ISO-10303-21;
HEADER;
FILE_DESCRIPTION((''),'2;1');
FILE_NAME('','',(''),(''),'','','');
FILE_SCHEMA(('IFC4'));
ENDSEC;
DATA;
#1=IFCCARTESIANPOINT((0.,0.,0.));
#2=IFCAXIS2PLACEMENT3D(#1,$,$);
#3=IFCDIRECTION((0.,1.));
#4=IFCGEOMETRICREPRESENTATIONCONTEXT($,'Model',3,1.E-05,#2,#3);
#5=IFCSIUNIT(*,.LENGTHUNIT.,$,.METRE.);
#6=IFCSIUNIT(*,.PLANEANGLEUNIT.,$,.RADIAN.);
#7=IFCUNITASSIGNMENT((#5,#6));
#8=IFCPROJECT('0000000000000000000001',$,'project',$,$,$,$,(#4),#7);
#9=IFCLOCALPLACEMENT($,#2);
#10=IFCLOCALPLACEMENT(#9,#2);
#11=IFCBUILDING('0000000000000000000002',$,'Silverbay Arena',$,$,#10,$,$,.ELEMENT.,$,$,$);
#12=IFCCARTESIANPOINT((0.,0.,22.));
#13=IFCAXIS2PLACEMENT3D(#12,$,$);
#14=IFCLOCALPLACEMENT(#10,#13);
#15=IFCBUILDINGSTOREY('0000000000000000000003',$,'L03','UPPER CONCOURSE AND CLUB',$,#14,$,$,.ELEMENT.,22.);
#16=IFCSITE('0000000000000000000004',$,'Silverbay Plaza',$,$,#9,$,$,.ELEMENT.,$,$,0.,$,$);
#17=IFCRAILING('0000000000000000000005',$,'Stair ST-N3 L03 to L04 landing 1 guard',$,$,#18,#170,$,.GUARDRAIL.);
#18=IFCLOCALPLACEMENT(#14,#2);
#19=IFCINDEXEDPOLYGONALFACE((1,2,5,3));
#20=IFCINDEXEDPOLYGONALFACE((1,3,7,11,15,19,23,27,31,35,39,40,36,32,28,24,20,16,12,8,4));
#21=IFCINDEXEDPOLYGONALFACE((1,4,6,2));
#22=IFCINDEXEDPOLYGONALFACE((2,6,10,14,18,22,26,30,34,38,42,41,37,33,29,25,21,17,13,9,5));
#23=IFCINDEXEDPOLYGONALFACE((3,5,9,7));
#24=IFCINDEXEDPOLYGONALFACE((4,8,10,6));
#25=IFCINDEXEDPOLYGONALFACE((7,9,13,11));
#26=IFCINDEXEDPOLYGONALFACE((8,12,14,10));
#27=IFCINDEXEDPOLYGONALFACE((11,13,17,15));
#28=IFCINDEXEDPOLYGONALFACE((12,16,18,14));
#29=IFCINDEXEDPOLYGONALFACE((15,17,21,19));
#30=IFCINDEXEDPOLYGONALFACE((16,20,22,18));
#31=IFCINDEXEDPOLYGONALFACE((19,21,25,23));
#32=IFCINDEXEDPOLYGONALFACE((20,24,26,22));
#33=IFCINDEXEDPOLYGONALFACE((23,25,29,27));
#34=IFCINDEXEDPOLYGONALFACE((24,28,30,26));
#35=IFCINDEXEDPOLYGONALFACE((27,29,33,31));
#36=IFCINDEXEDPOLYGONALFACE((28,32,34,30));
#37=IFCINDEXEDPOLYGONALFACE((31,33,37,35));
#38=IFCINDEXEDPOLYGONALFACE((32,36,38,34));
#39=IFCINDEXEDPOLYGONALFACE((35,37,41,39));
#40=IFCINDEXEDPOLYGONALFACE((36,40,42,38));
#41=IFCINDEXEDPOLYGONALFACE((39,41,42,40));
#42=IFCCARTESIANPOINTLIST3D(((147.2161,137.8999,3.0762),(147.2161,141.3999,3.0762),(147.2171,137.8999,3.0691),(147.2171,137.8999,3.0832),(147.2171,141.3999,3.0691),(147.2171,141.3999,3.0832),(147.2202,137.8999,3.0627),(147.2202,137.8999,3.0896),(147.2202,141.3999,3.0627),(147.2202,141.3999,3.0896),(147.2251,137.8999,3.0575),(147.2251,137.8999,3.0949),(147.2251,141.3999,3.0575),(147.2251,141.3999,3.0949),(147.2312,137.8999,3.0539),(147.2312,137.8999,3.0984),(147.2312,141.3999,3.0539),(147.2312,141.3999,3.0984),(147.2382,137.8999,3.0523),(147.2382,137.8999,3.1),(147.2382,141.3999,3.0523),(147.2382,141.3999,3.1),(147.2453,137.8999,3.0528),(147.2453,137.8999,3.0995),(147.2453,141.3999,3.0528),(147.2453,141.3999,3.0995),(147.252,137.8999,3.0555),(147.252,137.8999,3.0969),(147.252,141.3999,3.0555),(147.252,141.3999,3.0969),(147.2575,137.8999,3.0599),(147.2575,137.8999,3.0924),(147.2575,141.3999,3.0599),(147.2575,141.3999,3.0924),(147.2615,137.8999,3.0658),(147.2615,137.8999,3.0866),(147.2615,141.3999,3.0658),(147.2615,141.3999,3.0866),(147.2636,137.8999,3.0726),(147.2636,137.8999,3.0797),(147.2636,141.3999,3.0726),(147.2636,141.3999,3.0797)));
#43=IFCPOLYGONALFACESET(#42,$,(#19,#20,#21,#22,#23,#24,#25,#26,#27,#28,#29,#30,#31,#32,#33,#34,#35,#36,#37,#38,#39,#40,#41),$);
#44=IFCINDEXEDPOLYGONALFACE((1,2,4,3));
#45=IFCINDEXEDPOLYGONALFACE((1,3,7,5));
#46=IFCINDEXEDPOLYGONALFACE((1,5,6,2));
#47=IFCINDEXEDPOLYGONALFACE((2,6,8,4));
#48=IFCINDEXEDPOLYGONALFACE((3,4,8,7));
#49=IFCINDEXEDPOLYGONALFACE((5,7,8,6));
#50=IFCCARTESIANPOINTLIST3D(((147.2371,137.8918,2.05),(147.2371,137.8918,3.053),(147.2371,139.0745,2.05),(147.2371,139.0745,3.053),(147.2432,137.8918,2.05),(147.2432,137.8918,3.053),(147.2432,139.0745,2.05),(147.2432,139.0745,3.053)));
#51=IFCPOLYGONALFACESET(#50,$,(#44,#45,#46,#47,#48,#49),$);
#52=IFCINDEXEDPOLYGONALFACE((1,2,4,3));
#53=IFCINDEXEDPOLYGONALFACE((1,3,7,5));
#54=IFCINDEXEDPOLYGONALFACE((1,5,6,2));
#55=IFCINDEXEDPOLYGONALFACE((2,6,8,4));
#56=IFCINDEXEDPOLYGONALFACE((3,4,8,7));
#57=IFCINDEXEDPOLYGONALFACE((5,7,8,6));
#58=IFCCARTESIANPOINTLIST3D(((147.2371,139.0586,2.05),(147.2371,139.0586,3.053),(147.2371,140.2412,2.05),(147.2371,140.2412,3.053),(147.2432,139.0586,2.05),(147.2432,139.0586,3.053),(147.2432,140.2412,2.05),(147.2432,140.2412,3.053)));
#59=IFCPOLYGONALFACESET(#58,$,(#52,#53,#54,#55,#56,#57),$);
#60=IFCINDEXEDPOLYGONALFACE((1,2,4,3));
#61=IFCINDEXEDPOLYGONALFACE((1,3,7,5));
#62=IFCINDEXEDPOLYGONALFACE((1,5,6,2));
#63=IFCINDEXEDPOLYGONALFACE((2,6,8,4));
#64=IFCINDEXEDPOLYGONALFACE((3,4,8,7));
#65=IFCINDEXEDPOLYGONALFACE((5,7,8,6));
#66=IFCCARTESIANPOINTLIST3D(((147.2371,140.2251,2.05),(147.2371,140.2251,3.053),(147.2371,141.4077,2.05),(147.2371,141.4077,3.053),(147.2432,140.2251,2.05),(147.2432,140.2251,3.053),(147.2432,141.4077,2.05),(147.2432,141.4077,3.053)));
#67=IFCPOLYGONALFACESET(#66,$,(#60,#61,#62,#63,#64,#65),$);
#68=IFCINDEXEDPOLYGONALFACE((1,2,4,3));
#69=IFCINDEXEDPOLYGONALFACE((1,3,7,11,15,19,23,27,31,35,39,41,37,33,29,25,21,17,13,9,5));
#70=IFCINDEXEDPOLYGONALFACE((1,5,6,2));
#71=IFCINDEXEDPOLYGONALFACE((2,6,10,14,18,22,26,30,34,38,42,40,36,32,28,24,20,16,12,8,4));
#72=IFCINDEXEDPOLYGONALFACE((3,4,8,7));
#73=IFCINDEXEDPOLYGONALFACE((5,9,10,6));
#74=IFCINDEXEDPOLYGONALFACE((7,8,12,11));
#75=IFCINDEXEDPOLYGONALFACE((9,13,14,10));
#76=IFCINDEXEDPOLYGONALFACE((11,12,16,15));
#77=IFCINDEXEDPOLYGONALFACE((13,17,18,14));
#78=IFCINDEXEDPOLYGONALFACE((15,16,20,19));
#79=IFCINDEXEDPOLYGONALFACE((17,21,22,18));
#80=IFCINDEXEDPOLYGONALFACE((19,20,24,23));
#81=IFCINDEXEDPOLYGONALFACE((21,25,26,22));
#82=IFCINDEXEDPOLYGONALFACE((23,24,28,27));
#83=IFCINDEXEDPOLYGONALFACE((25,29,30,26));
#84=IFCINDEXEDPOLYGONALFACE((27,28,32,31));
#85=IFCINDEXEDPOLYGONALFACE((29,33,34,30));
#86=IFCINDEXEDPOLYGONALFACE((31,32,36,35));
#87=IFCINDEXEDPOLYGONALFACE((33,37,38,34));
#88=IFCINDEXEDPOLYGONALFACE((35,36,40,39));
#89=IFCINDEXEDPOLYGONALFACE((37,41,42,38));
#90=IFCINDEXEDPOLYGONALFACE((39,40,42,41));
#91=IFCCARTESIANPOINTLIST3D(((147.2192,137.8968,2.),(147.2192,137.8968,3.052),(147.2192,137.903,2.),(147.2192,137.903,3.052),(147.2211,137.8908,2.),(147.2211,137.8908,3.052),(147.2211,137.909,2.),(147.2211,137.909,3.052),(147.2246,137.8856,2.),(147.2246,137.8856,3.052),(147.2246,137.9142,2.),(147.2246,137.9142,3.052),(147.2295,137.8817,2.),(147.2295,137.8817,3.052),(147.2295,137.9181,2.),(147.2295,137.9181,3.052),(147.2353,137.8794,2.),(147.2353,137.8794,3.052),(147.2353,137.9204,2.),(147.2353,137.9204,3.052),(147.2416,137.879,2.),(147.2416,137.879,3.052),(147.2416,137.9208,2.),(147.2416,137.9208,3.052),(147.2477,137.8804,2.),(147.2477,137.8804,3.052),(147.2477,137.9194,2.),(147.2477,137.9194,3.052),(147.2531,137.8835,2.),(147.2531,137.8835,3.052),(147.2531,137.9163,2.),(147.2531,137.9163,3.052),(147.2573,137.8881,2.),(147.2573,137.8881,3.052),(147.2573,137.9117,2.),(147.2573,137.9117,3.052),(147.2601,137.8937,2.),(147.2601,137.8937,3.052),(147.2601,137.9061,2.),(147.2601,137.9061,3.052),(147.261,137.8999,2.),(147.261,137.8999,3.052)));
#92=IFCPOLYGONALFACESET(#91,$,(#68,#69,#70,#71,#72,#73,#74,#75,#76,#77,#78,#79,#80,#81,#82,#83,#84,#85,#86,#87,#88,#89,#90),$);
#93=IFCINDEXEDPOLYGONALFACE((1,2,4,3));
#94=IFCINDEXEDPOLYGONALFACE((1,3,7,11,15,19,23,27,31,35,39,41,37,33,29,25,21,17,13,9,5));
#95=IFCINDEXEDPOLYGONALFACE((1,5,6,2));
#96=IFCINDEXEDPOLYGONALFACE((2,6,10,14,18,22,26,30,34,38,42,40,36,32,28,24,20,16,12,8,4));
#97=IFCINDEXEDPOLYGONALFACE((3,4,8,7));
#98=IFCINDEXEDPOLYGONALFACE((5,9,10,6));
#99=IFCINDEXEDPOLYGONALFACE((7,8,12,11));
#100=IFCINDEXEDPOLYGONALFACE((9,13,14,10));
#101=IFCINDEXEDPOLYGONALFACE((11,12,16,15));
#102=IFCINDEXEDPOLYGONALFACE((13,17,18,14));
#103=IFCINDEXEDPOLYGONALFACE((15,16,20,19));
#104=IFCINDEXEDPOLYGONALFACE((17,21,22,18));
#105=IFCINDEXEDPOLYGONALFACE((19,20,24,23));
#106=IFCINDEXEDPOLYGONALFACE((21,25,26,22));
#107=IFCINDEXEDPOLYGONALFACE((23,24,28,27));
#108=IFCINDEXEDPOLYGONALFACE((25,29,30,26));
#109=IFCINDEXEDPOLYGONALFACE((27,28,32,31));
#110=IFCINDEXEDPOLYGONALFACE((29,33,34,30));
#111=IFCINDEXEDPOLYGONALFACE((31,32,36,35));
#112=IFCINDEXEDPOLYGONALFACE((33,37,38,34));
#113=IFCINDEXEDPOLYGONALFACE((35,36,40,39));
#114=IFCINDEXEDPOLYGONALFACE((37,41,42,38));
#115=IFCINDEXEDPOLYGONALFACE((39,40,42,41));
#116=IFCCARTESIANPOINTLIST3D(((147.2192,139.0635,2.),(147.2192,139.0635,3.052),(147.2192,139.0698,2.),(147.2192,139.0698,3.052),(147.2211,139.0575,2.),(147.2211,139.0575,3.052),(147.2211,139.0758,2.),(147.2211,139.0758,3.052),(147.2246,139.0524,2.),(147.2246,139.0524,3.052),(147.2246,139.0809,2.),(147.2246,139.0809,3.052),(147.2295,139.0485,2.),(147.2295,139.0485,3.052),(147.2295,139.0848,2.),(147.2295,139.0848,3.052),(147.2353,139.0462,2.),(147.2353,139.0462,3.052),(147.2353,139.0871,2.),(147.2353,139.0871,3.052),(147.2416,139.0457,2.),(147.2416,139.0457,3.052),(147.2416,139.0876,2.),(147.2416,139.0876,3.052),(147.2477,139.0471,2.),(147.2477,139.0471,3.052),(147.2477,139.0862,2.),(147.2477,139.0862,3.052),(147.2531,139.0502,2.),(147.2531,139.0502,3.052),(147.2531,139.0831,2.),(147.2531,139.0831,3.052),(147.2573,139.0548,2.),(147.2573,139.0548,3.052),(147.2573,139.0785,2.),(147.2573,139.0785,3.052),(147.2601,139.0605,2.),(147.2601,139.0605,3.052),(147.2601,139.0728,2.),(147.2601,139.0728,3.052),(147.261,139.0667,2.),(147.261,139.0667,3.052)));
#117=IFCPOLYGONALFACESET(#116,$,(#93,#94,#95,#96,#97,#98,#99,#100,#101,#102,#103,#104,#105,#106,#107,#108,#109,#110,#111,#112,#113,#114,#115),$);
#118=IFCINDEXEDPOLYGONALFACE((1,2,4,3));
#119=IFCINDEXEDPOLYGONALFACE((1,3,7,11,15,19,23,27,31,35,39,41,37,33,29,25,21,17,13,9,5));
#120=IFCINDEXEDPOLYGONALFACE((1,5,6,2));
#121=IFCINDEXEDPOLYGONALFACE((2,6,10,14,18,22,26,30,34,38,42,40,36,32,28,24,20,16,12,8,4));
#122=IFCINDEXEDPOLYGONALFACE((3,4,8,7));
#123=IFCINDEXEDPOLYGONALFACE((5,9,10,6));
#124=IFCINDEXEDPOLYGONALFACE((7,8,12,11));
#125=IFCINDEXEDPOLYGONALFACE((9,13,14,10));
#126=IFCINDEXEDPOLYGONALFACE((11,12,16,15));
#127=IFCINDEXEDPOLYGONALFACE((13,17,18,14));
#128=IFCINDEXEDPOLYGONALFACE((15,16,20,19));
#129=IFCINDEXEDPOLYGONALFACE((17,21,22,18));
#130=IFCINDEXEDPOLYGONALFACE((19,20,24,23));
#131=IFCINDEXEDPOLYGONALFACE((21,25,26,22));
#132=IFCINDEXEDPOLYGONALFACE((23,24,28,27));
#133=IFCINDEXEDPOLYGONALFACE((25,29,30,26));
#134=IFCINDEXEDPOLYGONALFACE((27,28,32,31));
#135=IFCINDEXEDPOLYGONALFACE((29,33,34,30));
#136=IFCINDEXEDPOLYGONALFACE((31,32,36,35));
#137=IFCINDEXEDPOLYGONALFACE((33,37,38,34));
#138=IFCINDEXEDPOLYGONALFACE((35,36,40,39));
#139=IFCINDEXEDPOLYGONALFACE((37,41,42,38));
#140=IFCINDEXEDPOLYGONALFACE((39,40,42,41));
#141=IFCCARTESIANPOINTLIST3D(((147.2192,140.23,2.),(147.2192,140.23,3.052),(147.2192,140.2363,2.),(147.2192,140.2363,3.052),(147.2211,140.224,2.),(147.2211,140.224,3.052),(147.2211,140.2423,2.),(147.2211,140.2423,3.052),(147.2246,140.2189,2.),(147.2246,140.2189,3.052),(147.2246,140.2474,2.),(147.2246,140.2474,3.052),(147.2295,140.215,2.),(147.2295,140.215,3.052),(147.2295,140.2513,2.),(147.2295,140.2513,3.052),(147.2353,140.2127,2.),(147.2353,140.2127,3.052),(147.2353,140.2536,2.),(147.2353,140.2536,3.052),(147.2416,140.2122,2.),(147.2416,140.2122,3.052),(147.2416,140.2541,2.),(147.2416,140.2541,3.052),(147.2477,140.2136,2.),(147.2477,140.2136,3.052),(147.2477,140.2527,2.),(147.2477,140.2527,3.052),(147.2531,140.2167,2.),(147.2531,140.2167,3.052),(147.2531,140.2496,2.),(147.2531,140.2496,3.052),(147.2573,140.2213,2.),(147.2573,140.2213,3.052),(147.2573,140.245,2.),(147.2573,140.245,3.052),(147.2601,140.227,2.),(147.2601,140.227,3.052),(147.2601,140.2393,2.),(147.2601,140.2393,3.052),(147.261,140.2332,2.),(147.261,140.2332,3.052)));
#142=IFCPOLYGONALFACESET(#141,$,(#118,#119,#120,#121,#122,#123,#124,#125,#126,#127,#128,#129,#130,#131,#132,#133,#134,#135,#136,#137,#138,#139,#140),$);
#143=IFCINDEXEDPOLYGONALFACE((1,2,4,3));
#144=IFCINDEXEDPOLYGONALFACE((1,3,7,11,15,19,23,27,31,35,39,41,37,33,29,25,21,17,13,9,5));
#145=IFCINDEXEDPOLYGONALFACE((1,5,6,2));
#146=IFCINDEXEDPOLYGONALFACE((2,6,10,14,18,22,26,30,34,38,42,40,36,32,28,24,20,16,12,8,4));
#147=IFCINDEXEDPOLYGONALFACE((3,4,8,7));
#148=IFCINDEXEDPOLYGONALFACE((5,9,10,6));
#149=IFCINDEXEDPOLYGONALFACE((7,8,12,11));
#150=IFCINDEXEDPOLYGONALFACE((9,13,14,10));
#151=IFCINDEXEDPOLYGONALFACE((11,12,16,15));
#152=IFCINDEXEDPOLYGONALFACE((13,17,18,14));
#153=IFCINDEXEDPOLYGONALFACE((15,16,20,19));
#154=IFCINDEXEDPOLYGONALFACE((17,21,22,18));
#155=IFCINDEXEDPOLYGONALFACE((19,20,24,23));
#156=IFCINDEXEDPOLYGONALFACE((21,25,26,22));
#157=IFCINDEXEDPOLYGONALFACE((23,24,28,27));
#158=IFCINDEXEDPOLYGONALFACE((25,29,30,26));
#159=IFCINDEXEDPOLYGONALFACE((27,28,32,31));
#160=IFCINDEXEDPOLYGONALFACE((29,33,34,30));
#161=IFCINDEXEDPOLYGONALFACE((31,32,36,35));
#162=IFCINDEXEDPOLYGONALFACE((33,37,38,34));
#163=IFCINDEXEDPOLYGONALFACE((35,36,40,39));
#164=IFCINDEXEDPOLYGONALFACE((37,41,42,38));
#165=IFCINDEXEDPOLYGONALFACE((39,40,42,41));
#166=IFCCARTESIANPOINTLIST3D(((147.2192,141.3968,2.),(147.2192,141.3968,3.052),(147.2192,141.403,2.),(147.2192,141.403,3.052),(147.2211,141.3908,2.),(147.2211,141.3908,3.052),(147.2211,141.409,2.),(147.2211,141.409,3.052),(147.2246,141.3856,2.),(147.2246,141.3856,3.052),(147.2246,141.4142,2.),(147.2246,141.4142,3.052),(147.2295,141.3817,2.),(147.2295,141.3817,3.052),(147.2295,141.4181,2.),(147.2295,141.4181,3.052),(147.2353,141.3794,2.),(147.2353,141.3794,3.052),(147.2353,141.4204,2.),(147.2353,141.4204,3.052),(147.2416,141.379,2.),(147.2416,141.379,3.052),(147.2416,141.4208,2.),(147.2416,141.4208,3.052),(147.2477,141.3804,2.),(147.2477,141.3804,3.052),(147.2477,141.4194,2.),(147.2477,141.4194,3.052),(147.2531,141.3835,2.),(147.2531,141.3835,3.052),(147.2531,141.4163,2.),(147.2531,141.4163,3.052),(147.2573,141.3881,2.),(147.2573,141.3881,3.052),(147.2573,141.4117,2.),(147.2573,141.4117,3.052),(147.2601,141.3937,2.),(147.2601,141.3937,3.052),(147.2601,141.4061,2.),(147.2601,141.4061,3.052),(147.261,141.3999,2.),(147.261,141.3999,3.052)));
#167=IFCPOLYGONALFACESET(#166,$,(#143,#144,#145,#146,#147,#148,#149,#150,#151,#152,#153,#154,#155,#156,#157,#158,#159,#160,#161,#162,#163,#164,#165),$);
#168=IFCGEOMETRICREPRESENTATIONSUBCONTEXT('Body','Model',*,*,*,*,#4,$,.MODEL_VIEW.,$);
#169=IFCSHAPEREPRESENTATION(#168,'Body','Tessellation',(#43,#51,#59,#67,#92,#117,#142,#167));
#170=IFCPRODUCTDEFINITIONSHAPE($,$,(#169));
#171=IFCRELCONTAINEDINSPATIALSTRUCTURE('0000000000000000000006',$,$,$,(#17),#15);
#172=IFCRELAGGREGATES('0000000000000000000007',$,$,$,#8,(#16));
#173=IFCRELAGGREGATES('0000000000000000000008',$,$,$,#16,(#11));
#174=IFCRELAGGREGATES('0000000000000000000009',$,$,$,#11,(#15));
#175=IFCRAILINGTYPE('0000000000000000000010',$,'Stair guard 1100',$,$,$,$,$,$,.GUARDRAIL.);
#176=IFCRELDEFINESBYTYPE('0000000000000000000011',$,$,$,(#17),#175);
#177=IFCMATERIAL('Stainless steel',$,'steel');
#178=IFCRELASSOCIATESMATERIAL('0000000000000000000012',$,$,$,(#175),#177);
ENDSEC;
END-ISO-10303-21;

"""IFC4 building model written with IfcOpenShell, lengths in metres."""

from ifc_helpers import new_model, si_unit, direction, frame, origin, origin_2d, place, context, subcontext, project, spatial, polyline, circle, outline, extrude, material, type_object, element, save


model = new_model("IFC4")

# Units and contexts
model_context = context("Model", 3, precision=1e-05, world=origin(), true_north=direction((0.0, 1.0)))
body_context = subcontext(model_context, "Body", "Model", "MODEL_VIEW")
ifc_project = project(units=[si_unit("LENGTHUNIT", "METRE"), si_unit("PLANEANGLEUNIT", "RADIAN")], contexts=[model_context])

# Site, building, storey
site_placement = place(None, origin())
site = spatial("IfcSite", under=ifc_project, at=site_placement, Name="Silverbay Plaza", CompositionType="ELEMENT", RefElevation=0.0)
building_placement = place(site_placement, origin())
building = spatial("IfcBuilding", under=site, at=building_placement, Name="Silverbay Arena", CompositionType="ELEMENT")
storey_placement = place(building_placement, frame((0.0, 0.0, 22.0)))
storey = spatial("IfcBuildingStorey", under=building, at=storey_placement, Name="L03", Description="UPPER CONCOURSE AND CLUB", CompositionType="ELEMENT", Elevation=22.0)

# Railing
ifc_material_1 = material(Name="Stainless steel", Category="steel")
railing_type_1 = type_object("IfcRailingType", Name="Stair guard 1100", PredefinedType="GUARDRAIL", material=ifc_material_1)
for number, where, name in (
    (1, (147.24, 137.8999, 2.0), "Stair ST-N3 L03 to L04 landing 1 guard"),
):
    element("IfcRailing", number, at=place(storey_placement, frame(where)), inside=storey, type_object=railing_type_1, Name=name, PredefinedType="GUARDRAIL", context=body_context, shape_type="SweptSolid", body=[
        extrude(circle(Radius=0.0239, at=origin_2d()), frame((0.0, 0.0, 1.0762), z_axis=(0.0, 1.0, 0.0), x_axis=(-1.0, 0.0, 0.0)), (0.0, 0.0, 1.0), 3.5),
        extrude(outline(polyline([(-0.0081, 0.05), (1.1746, 0.05), (1.1746, 1.053), (-0.0081, 1.053), (-0.0081, 0.05)])), frame((-0.0029, 0.0, 0.0), z_axis=(1.0, 0.0, 0.0), x_axis=(0.0, 1.0, 0.0)), (0.0, 0.0, 1.0), 0.0061),
        extrude(outline(polyline([(-0.0081, 0.05), (1.1746, 0.05), (1.1746, 1.053), (-0.0081, 1.053), (-0.0081, 0.05)])), frame((-0.0029, 1.1667, 0.0), z_axis=(1.0, 0.0, 0.0), x_axis=(0.0, 1.0, 0.0)), (0.0, 0.0, 1.0), 0.0061),
        extrude(outline(polyline([(-0.0081, 0.05), (1.1746, 0.05), (1.1746, 1.053), (-0.0081, 1.053), (-0.0081, 0.05)])), frame((-0.0029, 2.3333, 0.0), z_axis=(1.0, 0.0, 0.0), x_axis=(0.0, 1.0, 0.0)), (0.0, 0.0, 1.0), 0.0061),
        extrude(circle(Radius=0.021, at=origin_2d()), origin(), (0.0, 0.0, 1.0), 1.052),
        extrude(circle(Radius=0.021, at=origin_2d()), frame((0.0, 1.1667, 0.0)), (0.0, 0.0, 1.0), 1.052),
        extrude(circle(Radius=0.021, at=origin_2d()), frame((0.0, 2.3333, 0.0)), (0.0, 0.0, 1.0), 1.052),
        extrude(circle(Radius=0.021, at=origin_2d()), frame((0.0, 3.5, 0.0)), (0.0, 0.0, 1.0), 1.052),
    ])

save(model, "model.ifc")
